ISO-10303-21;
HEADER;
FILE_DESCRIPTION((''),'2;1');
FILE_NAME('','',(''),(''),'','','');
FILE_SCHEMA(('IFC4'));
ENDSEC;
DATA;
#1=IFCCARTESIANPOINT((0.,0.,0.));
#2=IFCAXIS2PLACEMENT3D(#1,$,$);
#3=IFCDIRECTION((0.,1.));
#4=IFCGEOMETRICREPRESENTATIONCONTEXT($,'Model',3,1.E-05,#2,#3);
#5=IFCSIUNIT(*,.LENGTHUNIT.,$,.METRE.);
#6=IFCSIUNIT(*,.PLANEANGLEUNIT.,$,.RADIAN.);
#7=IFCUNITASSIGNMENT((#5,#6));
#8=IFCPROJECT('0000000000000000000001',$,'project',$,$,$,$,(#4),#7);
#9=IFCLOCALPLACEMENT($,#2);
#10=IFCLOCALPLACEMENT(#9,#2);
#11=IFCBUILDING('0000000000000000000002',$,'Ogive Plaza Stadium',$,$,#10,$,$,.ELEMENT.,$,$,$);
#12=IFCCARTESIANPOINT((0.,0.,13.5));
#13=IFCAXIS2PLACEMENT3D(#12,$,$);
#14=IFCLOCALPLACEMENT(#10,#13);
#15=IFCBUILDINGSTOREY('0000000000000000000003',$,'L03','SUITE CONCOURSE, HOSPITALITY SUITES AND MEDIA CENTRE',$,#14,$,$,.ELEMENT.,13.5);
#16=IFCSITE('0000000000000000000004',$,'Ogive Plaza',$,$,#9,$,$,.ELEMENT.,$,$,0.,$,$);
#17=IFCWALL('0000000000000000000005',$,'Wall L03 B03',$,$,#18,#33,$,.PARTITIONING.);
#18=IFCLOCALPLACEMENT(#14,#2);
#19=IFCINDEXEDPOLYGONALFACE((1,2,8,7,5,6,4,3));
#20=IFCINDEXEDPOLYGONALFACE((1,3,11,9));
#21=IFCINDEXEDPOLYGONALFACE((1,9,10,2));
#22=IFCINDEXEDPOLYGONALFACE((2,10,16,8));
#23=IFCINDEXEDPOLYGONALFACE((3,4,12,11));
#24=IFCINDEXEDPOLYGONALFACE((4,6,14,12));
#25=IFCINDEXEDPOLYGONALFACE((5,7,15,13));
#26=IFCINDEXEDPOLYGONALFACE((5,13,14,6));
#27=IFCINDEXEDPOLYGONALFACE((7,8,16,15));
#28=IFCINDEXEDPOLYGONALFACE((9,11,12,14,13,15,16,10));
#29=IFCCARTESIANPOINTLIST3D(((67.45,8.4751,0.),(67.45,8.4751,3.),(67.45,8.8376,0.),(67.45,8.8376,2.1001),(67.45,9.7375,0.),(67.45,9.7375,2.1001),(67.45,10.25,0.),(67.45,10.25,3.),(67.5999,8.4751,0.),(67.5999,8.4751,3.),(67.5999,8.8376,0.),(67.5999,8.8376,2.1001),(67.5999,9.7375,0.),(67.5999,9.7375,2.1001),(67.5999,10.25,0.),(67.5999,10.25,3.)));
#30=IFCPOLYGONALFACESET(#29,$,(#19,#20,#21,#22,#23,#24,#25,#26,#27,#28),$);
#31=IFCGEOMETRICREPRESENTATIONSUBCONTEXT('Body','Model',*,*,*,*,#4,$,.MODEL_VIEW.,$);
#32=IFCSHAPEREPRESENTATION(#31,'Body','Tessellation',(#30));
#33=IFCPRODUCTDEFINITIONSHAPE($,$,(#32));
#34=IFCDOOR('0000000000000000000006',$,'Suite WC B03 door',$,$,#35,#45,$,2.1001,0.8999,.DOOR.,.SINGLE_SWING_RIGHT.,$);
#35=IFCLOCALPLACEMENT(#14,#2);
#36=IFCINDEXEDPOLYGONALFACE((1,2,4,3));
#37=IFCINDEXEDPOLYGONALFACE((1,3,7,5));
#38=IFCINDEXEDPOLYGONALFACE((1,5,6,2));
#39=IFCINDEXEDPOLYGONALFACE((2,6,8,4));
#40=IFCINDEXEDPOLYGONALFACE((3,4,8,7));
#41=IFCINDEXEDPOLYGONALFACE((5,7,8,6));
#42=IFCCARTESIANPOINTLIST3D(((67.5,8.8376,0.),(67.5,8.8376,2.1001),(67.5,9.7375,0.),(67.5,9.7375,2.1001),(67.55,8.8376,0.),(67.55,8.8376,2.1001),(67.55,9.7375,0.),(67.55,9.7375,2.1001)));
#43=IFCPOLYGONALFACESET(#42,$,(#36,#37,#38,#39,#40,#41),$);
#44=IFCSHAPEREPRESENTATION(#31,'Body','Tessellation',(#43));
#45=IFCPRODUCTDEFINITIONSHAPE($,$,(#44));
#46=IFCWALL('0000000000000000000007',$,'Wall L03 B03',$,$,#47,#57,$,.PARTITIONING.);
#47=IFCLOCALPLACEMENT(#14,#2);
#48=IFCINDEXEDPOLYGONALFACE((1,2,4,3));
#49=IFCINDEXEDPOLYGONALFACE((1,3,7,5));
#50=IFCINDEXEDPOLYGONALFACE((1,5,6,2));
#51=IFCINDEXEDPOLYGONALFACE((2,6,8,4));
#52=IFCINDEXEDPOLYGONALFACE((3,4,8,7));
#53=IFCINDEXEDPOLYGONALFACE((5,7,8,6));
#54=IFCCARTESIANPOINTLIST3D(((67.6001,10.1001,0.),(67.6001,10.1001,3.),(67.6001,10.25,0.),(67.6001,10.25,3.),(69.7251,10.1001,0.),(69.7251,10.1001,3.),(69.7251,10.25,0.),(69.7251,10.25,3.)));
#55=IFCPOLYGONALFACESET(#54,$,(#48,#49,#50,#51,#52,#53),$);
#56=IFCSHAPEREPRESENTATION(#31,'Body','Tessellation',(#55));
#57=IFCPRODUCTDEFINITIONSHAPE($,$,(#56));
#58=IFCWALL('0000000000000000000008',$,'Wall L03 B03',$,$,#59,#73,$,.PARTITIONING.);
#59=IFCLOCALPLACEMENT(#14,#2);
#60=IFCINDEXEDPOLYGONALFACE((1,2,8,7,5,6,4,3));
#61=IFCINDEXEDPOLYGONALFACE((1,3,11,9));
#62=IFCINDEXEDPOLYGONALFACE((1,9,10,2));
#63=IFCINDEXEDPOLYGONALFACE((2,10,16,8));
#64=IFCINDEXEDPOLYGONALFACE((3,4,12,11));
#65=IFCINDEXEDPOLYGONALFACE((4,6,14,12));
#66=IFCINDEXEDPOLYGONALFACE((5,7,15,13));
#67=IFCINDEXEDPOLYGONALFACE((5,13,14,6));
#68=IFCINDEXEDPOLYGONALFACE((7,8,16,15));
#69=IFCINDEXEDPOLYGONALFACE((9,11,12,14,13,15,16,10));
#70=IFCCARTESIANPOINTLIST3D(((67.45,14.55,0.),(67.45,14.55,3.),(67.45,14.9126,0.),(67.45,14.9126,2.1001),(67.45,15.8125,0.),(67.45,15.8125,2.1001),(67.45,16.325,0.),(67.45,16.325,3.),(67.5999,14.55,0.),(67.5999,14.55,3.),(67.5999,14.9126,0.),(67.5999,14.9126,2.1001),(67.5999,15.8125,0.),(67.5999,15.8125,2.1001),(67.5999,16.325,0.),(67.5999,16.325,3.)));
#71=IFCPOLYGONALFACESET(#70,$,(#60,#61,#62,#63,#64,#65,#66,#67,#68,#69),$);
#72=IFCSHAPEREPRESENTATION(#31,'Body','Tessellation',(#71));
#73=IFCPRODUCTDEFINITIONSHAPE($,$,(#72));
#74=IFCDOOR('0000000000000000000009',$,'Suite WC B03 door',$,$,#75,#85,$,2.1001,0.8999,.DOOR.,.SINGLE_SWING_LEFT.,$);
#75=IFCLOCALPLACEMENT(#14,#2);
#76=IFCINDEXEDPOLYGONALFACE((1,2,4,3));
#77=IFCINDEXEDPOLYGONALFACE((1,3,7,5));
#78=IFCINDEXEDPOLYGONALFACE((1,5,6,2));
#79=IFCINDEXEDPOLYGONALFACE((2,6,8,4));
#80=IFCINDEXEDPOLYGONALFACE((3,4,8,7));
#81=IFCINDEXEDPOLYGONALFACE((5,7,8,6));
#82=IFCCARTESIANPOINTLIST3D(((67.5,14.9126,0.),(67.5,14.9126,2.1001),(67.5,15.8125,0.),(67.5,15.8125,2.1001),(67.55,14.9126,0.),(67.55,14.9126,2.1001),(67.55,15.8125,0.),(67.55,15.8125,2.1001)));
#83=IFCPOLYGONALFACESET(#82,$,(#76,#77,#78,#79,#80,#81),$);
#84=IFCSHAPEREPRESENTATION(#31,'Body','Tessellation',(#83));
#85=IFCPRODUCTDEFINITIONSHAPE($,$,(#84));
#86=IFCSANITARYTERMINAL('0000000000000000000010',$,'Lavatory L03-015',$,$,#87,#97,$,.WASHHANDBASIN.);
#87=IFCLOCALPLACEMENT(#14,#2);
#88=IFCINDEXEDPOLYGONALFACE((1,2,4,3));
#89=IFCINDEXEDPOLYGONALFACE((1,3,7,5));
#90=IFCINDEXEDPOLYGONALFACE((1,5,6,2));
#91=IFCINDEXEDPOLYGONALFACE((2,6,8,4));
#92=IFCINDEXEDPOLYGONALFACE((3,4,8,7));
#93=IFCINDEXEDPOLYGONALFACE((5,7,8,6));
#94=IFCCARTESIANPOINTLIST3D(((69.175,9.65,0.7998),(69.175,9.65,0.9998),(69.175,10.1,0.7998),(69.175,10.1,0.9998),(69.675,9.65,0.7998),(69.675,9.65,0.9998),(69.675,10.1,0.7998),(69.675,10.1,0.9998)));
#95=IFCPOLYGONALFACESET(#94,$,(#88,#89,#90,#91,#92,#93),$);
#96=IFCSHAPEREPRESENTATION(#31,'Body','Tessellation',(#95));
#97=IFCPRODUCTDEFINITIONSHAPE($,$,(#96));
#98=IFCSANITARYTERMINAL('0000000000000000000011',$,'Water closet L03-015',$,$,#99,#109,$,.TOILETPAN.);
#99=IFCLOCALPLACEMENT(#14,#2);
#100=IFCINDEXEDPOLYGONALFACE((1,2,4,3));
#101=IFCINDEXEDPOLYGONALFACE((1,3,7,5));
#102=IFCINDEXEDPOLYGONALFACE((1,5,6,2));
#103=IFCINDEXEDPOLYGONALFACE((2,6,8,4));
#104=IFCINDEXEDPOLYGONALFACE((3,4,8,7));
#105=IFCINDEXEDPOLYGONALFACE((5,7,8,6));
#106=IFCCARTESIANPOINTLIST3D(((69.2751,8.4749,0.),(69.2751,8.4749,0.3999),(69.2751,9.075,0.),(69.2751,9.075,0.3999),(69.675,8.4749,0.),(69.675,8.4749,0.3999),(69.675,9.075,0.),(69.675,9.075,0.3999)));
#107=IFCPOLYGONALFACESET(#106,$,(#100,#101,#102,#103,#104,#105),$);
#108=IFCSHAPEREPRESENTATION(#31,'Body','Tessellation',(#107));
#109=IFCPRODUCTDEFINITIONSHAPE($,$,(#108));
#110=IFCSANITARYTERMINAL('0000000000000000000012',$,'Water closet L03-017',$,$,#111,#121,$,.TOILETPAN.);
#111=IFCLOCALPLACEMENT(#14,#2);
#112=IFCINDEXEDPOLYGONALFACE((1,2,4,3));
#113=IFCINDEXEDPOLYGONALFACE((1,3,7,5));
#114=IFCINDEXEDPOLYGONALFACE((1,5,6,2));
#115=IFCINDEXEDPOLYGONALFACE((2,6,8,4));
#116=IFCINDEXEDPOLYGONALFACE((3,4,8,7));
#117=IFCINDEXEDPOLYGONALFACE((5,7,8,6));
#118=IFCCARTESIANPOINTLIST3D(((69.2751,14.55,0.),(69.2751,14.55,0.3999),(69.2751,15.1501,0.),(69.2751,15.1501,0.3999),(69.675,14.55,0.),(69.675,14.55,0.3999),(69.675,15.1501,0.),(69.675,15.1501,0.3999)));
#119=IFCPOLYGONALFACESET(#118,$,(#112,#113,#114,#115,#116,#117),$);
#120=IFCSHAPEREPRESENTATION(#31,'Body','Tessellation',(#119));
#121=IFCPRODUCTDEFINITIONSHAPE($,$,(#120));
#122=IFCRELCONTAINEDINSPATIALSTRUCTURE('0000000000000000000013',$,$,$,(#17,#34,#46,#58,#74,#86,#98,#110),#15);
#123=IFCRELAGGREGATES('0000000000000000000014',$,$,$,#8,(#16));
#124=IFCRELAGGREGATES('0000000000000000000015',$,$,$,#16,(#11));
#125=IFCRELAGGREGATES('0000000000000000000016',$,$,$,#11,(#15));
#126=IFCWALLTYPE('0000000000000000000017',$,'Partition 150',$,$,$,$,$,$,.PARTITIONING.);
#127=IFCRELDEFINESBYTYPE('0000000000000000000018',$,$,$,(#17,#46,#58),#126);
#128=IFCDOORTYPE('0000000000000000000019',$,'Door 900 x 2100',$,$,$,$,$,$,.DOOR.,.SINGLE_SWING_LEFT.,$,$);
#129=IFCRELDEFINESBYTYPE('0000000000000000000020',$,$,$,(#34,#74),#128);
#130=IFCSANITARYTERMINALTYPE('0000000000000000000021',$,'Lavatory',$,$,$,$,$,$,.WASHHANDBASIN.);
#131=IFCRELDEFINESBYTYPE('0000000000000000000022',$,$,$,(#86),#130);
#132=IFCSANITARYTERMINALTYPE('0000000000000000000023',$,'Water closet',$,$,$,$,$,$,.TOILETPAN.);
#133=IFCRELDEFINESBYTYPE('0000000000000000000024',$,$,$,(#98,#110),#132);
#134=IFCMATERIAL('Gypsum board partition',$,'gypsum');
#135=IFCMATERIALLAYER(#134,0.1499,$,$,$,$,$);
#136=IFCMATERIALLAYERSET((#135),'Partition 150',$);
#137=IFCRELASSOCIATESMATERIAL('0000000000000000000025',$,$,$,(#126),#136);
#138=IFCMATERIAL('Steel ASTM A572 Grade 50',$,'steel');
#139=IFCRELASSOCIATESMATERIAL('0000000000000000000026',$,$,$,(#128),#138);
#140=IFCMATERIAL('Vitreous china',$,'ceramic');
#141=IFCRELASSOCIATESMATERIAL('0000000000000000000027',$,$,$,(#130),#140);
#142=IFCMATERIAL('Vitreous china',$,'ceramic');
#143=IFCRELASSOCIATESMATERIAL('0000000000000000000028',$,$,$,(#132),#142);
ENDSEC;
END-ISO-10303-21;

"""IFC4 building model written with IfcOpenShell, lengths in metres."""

from ifc_helpers import new_model, si_unit, direction, frame, frame_2d, origin, origin_2d, place, context, subcontext, project, spatial, rectangle, extrude, material, layer, layer_set, type_object, element, fill, save


model = new_model("IFC4")

# Units and contexts
model_context = context("Model", 3, precision=1e-05, world=origin(), true_north=direction((0.0, 1.0)))
body_context = subcontext(model_context, "Body", "Model", "MODEL_VIEW")
ifc_project = project(units=[si_unit("LENGTHUNIT", "METRE"), si_unit("PLANEANGLEUNIT", "RADIAN")], contexts=[model_context])

# Site, building, storey
site_placement = place(None, origin())
site = spatial("IfcSite", under=ifc_project, at=site_placement, Name="Ogive Plaza", CompositionType="ELEMENT", RefElevation=0.0)
building_placement = place(site_placement, origin())
building = spatial("IfcBuilding", under=site, at=building_placement, Name="Ogive Plaza Stadium", CompositionType="ELEMENT")
storey_placement = place(building_placement, frame((0.0, 0.0, 13.5)))
storey = spatial("IfcBuildingStorey", under=building, at=storey_placement, Name="L03", Description="SUITE CONCOURSE, HOSPITALITY SUITES AND MEDIA CENTRE", CompositionType="ELEMENT", Elevation=13.5)

# Wall, opening, door
ifc_material_1 = material(Name="Gypsum board partition", Category="gypsum")
ifc_layer_1 = layer(ifc_material_1, 0.1499)
ifc_layer_set_1 = layer_set([ifc_layer_1], Name="Partition 150")
wall_type_1 = type_object("IfcWallType", Name="Partition 150", PredefinedType="PARTITIONING", material=ifc_layer_set_1)
wall_1_placement = place(storey_placement, frame((67.5249, 8.4751, 0.0), z_axis=(0.0, 0.0, 1.0), x_axis=(0.0, 1.0, 0.0)))
wall_1 = element("IfcWall", 1, at=wall_1_placement, inside=storey, type_object=wall_type_1, Name="Wall L03 B03", PredefinedType="PARTITIONING", context=body_context, shape_type="SweptSolid", body=[
    extrude(rectangle(XDim=1.7749, YDim=0.1499, at=frame_2d((0.8875, 0.0))), origin(), (0.0, 0.0, 1.0), 3.0),
])
opening_1_placement = place(wall_1_placement, frame((0.3625, 0.0, 0.0)))
opening_1 = element("IfcOpeningElement", 2, at=opening_1_placement, cuts=wall_1, PredefinedType="OPENING", context=body_context, shape_type="SweptSolid", body=[
    extrude(rectangle(XDim=0.8999, YDim=2.1001, at=frame_2d((0.45, 1.05))), frame((0.0, 0.075, 0.0), z_axis=(0.0, -1.0, 0.0), x_axis=(1.0, 0.0, 0.0)), (0.0, 0.0, 1.0), 0.1499),
])
ifc_material_2 = material(Name="Steel ASTM A572 Grade 50", Category="steel")
door_type_1 = type_object("IfcDoorType", Name="Door 900 x 2100", OperationType="SINGLE_SWING_LEFT", PredefinedType="DOOR", material=ifc_material_2)
door_1_placement = place(opening_1_placement, origin())
door_1 = element("IfcDoor", 3, at=door_1_placement, inside=storey, type_object=door_type_1, Name="Suite WC B03 door", OperationType="SINGLE_SWING_RIGHT", OverallHeight=2.1001, OverallWidth=0.8999, PredefinedType="DOOR", context=body_context, shape_type="SweptSolid", body=[
    extrude(rectangle(XDim=0.8999, YDim=2.1001, at=frame_2d((0.45, 1.05))), frame((0.0, 0.0249, 0.0), z_axis=(0.0, -1.0, 0.0), x_axis=(1.0, 0.0, 0.0)), (0.0, 0.0, 1.0), 0.05),
])
fill(opening_1, door_1)

# Wall
wall_2_placement = place(storey_placement, frame((67.6001, 10.175, 0.0), z_axis=(0.0, 0.0, 1.0), x_axis=(1.0, 0.0, 0.0)))
element("IfcWall", 4, at=wall_2_placement, inside=storey, type_object=wall_type_1, Name="Wall L03 B03", PredefinedType="PARTITIONING", context=body_context, shape_type="SweptSolid", body=[
    extrude(rectangle(XDim=2.125, YDim=0.1499, at=frame_2d((1.0625, 0.0))), origin(), (0.0, 0.0, 1.0), 3.0),
])

# Wall, opening, door
wall_3_placement = place(storey_placement, frame((67.5249, 14.55, 0.0), z_axis=(0.0, 0.0, 1.0), x_axis=(0.0, 1.0, 0.0)))
wall_3 = element("IfcWall", 5, at=wall_3_placement, inside=storey, type_object=wall_type_1, Name="Wall L03 B03", PredefinedType="PARTITIONING", context=body_context, shape_type="SweptSolid", body=[
    extrude(rectangle(XDim=1.7749, YDim=0.1499, at=frame_2d((0.8875, 0.0))), origin(), (0.0, 0.0, 1.0), 3.0),
])
opening_2_placement = place(wall_3_placement, frame((0.3625, 0.0, 0.0)))
opening_2 = element("IfcOpeningElement", 6, at=opening_2_placement, cuts=wall_3, PredefinedType="OPENING", context=body_context, shape_type="SweptSolid", body=[
    extrude(rectangle(XDim=0.8999, YDim=2.1001, at=frame_2d((0.45, 1.05))), frame((0.0, 0.075, 0.0), z_axis=(0.0, -1.0, 0.0), x_axis=(1.0, 0.0, 0.0)), (0.0, 0.0, 1.0), 0.1499),
])
door_2_placement = place(opening_2_placement, origin())
door_2 = element("IfcDoor", 7, at=door_2_placement, inside=storey, type_object=door_type_1, Name="Suite WC B03 door", OperationType="SINGLE_SWING_LEFT", OverallHeight=2.1001, OverallWidth=0.8999, PredefinedType="DOOR", context=body_context, shape_type="SweptSolid", body=[
    extrude(rectangle(XDim=0.8999, YDim=2.1001, at=frame_2d((0.45, 1.05))), frame((0.0, 0.0249, 0.0), z_axis=(0.0, -1.0, 0.0), x_axis=(1.0, 0.0, 0.0)), (0.0, 0.0, 1.0), 0.05),
])
fill(opening_2, door_2)

# Sanitary terminals
ifc_material_3 = material(Name="Vitreous china", Category="ceramic")
sanitary_terminal_type_1 = type_object("IfcSanitaryTerminalType", Name="Lavatory", PredefinedType="WASHHANDBASIN", material=ifc_material_3)
sanitary_terminal_placement = place(storey_placement, frame((69.425, 9.875, 0.7998), z_axis=(0.0, 0.0, 1.0), x_axis=(-1.0, 0.0, 0.0)))
element("IfcSanitaryTerminal", 8, at=sanitary_terminal_placement, inside=storey, type_object=sanitary_terminal_type_1, Name="Lavatory L03-015", PredefinedType="WASHHANDBASIN", context=body_context, shape_type="SweptSolid", body=[
    extrude(rectangle(XDim=0.5, YDim=0.45, at=origin_2d()), origin(), (0.0, 0.0, 1.0), 0.2),
])
ifc_material_4 = material(Name="Vitreous china", Category="ceramic")
sanitary_terminal_type_2 = type_object("IfcSanitaryTerminalType", Name="Water closet", PredefinedType="TOILETPAN", material=ifc_material_4)
for number, where, z_axis, x_axis, name in (
    (9, (69.4751, 8.7749, 0.0), (0.0, 0.0, 1.0), (-1.0, 0.0, 0.0), "Water closet L03-015"),
    (10, (69.4751, 14.8501, 0.0), (0.0, 0.0, 1.0), (-1.0, 0.0, 0.0), "Water closet L03-017"),
):
    element("IfcSanitaryTerminal", number, at=place(storey_placement, frame(where, z_axis=z_axis, x_axis=x_axis)), inside=storey, type_object=sanitary_terminal_type_2, Name=name, PredefinedType="TOILETPAN", context=body_context, shape_type="SweptSolid", body=[
        extrude(rectangle(XDim=0.3999, YDim=0.6001, at=origin_2d()), origin(), (0.0, 0.0, 1.0), 0.3999),
    ])

save(model, "model.ifc")
